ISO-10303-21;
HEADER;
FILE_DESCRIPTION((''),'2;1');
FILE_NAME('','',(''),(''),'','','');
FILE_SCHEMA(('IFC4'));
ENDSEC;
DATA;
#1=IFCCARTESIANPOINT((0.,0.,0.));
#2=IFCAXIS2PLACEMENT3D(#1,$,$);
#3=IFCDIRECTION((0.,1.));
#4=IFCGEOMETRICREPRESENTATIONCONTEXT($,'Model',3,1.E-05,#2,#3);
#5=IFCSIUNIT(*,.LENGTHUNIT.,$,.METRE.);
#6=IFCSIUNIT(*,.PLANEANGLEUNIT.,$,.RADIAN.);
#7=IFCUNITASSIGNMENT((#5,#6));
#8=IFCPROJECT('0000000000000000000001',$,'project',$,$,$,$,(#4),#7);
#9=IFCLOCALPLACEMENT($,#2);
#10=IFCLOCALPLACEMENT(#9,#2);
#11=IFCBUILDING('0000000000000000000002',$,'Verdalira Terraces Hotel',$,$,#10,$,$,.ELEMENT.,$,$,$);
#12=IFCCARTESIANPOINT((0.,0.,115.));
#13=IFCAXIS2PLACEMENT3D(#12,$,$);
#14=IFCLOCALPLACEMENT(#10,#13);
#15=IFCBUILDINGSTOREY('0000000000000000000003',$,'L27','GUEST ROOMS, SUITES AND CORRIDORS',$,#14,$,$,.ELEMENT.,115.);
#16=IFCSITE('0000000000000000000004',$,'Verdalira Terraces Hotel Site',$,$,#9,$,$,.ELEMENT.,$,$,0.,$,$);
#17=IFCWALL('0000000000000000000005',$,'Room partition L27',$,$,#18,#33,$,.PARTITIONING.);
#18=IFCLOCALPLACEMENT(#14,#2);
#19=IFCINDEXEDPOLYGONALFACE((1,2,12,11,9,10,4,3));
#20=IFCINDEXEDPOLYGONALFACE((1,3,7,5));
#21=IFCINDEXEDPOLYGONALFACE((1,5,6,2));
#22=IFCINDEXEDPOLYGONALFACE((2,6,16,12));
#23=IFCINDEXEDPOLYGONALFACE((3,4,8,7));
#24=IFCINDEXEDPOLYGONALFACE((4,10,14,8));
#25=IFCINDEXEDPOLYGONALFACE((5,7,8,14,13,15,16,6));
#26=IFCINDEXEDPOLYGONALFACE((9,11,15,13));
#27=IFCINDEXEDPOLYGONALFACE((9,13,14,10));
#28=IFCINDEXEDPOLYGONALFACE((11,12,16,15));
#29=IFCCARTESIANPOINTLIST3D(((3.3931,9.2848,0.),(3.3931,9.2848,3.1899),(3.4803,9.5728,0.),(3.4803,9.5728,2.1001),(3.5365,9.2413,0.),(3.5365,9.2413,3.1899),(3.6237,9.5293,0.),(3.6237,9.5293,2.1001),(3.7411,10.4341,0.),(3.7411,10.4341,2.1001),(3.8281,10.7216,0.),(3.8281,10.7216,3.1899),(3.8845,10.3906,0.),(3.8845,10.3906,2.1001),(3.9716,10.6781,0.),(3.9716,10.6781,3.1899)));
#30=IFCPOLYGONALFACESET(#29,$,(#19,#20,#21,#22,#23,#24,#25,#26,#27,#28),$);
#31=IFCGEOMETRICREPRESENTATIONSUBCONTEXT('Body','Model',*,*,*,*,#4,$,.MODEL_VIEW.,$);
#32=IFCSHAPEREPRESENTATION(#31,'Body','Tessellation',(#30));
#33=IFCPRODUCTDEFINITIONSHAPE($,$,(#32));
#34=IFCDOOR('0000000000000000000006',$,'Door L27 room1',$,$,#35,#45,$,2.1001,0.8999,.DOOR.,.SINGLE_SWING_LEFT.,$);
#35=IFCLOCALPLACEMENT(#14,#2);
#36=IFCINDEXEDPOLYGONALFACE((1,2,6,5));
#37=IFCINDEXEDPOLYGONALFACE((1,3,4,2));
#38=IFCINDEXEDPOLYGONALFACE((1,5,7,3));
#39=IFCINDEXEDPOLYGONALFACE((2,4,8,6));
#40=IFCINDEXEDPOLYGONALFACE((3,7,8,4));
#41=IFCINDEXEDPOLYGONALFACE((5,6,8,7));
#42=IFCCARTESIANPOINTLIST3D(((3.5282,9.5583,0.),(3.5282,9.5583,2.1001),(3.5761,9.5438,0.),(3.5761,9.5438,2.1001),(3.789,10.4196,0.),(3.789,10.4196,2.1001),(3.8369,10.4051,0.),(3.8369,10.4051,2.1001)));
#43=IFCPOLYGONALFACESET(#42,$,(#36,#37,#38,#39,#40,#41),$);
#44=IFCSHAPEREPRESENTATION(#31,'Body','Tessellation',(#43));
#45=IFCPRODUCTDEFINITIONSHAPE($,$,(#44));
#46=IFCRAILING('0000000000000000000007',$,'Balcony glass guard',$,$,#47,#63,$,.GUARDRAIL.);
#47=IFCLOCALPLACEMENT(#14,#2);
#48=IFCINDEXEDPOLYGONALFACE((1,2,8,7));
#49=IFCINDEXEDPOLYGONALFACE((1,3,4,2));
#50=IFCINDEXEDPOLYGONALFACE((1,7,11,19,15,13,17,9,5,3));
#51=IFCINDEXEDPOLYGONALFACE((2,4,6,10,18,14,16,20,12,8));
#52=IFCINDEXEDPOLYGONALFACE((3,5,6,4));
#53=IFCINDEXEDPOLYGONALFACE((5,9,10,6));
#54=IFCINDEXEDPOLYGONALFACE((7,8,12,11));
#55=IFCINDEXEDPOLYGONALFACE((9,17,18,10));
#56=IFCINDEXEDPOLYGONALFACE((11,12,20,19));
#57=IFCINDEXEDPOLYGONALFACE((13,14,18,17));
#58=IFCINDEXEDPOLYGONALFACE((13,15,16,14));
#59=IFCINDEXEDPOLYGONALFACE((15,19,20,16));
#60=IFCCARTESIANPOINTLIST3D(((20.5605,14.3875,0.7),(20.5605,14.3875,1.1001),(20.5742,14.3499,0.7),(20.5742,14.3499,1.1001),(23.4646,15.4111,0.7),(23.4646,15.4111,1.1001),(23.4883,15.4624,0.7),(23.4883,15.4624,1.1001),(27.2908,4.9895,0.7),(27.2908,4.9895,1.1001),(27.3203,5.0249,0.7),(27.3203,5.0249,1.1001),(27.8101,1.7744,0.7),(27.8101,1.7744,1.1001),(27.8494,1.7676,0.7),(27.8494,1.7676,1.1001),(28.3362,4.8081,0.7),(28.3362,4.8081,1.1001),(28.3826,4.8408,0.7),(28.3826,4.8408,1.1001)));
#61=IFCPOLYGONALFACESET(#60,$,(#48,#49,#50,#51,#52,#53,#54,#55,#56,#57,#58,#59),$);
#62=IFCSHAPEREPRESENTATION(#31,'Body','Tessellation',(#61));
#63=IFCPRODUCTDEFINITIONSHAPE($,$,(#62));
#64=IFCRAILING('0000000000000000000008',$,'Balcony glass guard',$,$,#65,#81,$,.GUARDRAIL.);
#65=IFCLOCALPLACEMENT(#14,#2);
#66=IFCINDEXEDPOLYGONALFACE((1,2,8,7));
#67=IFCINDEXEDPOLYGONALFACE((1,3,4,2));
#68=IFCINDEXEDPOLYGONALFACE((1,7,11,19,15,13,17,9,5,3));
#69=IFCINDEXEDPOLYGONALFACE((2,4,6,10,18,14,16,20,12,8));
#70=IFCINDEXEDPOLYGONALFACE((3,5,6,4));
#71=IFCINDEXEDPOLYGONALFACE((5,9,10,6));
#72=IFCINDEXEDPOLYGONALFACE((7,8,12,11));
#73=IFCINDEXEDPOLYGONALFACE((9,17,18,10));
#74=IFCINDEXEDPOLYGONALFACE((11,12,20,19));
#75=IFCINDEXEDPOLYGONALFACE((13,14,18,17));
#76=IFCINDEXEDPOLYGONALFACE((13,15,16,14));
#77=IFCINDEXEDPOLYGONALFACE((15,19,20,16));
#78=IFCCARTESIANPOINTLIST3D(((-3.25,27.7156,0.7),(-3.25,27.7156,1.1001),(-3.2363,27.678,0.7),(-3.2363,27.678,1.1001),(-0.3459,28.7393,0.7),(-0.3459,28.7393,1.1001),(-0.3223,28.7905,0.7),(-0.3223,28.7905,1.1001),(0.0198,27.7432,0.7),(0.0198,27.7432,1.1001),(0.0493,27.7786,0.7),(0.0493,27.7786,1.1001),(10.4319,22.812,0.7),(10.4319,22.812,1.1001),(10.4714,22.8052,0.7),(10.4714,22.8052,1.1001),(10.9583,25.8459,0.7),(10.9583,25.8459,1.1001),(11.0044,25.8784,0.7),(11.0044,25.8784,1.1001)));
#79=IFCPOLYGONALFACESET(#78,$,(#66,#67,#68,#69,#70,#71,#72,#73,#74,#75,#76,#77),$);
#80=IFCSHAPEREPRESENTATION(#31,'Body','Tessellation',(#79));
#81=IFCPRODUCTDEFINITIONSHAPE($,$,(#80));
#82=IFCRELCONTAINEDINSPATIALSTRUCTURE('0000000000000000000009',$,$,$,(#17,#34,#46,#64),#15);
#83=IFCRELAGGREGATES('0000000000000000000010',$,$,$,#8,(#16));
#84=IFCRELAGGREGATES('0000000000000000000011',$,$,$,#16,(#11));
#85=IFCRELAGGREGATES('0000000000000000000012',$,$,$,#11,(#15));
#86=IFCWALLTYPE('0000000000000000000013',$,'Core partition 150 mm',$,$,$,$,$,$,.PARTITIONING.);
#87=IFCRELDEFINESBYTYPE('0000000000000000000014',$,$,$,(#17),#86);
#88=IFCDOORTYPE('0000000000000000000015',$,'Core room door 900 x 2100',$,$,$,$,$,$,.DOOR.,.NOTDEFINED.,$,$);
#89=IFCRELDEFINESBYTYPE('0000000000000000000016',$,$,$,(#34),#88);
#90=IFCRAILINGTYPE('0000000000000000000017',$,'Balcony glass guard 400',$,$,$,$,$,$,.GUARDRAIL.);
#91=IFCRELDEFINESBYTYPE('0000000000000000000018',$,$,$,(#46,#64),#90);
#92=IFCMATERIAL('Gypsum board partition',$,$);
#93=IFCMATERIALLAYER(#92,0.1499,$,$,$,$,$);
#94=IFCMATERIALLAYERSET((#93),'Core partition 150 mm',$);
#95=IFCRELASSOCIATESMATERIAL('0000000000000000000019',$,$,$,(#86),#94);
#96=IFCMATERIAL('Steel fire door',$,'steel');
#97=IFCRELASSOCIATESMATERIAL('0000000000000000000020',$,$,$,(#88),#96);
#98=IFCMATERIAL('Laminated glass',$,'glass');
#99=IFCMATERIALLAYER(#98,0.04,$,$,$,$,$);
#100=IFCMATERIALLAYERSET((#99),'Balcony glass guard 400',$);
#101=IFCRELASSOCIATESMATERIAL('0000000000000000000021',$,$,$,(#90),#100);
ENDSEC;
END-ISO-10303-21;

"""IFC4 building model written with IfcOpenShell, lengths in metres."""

from ifc_helpers import new_model, si_unit, direction, frame, frame_2d, origin, place, context, subcontext, project, spatial, polyline, rectangle, outline, extrude, material, layer, layer_set, type_object, element, fill, save


model = new_model("IFC4")

# Units and contexts
model_context = context("Model", 3, precision=1e-05, world=origin(), true_north=direction((0.0, 1.0)))
body_context = subcontext(model_context, "Body", "Model", "MODEL_VIEW")
ifc_project = project(units=[si_unit("LENGTHUNIT", "METRE"), si_unit("PLANEANGLEUNIT", "RADIAN")], contexts=[model_context])

# Site, building, storey
site_placement = place(None, origin())
site = spatial("IfcSite", under=ifc_project, at=site_placement, Name="Verdalira Terraces Hotel Site", CompositionType="ELEMENT", RefElevation=0.0)
building_placement = place(site_placement, origin())
building = spatial("IfcBuilding", under=site, at=building_placement, Name="Verdalira Terraces Hotel", CompositionType="ELEMENT")
storey_placement = place(building_placement, frame((0.0, 0.0, 115.0)))
storey = spatial("IfcBuildingStorey", under=building, at=storey_placement, Name="L27", Description="GUEST ROOMS, SUITES AND CORRIDORS", CompositionType="ELEMENT", Elevation=115.0)

# Wall, opening, door
ifc_material_1 = material(Name="Gypsum board partition")
ifc_layer_1 = layer(ifc_material_1, 0.1499)
ifc_layer_set_1 = layer_set([ifc_layer_1], Name="Core partition 150 mm")
wall_type_1 = type_object("IfcWallType", Name="Core partition 150 mm", PredefinedType="PARTITIONING", material=ifc_layer_set_1)
wall_1_placement = place(storey_placement, frame((3.4648, 9.2632, 0.0), z_axis=(0.0, 0.0, 1.0), x_axis=(0.289809, 0.957085, 0.0)))
wall_1 = element("IfcWall", 1, at=wall_1_placement, inside=storey, type_object=wall_type_1, Name="Room partition L27", PredefinedType="PARTITIONING", context=body_context, shape_type="SweptSolid", body=[
    extrude(rectangle(XDim=1.5012, YDim=0.1499, at=frame_2d((0.7505, 0.0))), origin(), (0.0, 0.0, 1.0), 3.1899),
])
opening_1_placement = place(wall_1_placement, frame((0.3008, 0.0, 0.0)))
opening_1 = element("IfcOpeningElement", 2, at=opening_1_placement, cuts=wall_1, PredefinedType="OPENING", context=body_context, shape_type="SweptSolid", body=[
    extrude(rectangle(XDim=0.8999, YDim=2.1001, at=frame_2d((0.45, 1.05))), frame((0.0, 0.085, 0.0), z_axis=(0.0, -1.0, 0.0), x_axis=(1.0, 0.0, 0.0)), (0.0, 0.0, 1.0), 0.1699),
])
ifc_material_2 = material(Name="Steel fire door", Category="steel")
door_type_1 = type_object("IfcDoorType", Name="Core room door 900 x 2100", OperationType="NOTDEFINED", PredefinedType="DOOR", material=ifc_material_2)
door_1_placement = place(opening_1_placement, origin())
door_1 = element("IfcDoor", 3, at=door_1_placement, inside=storey, type_object=door_type_1, Name="Door L27 room1", OperationType="SINGLE_SWING_LEFT", OverallHeight=2.1001, OverallWidth=0.8999, PredefinedType="DOOR", context=body_context, shape_type="SweptSolid", body=[
    extrude(rectangle(XDim=0.8999, YDim=2.1001, at=frame_2d((0.45, 1.05))), frame((0.0, 0.0249, 0.0), z_axis=(0.0, -1.0, 0.0), x_axis=(1.0, 0.0, 0.0)), (0.0, 0.0, 1.0), 0.05),
])
fill(opening_1, door_1)

# Railings
ifc_material_3 = material(Name="Laminated glass", Category="glass")
ifc_layer_2 = layer(ifc_material_3, 0.04)
ifc_layer_set_2 = layer_set([ifc_layer_2], Name="Balcony glass guard 400")
railing_type_1 = type_object("IfcRailingType", Name="Balcony glass guard 400", PredefinedType="GUARDRAIL", material=ifc_layer_set_2)
railing_1_placement = place(storey_placement, frame((0.0, 0.0, 0.7)))
element("IfcRailing", 4, at=railing_1_placement, inside=storey, type_object=railing_type_1, Name="Balcony glass guard", PredefinedType="GUARDRAIL", context=body_context, shape_type="SweptSolid", body=[
    extrude(outline(polyline([(28.3362, 4.8081), (27.2908, 4.9895), (23.4646, 15.4111), (20.5742, 14.3499), (20.5605, 14.3875), (23.4883, 15.4624), (27.3203, 5.0249), (28.3826, 4.8408), (27.8494, 1.7676), (27.8101, 1.7744), (28.3362, 4.8081)])), origin(), (0.0, 0.0, 1.0), 0.4001),
])
railing_2_placement = place(storey_placement, frame((0.0, 0.0, 0.7)))
element("IfcRailing", 5, at=railing_2_placement, inside=storey, type_object=railing_type_1, Name="Balcony glass guard", PredefinedType="GUARDRAIL", context=body_context, shape_type="SweptSolid", body=[
    extrude(outline(polyline([(10.9583, 25.8459), (0.0198, 27.7432), (-0.3459, 28.7393), (-3.2363, 27.678), (-3.25, 27.7156), (-0.3223, 28.7905), (0.0493, 27.7786), (11.0044, 25.8784), (10.4714, 22.8052), (10.4319, 22.812), (10.9583, 25.8459)])), origin(), (0.0, 0.0, 1.0), 0.4001),
])

save(model, "model.ifc")
